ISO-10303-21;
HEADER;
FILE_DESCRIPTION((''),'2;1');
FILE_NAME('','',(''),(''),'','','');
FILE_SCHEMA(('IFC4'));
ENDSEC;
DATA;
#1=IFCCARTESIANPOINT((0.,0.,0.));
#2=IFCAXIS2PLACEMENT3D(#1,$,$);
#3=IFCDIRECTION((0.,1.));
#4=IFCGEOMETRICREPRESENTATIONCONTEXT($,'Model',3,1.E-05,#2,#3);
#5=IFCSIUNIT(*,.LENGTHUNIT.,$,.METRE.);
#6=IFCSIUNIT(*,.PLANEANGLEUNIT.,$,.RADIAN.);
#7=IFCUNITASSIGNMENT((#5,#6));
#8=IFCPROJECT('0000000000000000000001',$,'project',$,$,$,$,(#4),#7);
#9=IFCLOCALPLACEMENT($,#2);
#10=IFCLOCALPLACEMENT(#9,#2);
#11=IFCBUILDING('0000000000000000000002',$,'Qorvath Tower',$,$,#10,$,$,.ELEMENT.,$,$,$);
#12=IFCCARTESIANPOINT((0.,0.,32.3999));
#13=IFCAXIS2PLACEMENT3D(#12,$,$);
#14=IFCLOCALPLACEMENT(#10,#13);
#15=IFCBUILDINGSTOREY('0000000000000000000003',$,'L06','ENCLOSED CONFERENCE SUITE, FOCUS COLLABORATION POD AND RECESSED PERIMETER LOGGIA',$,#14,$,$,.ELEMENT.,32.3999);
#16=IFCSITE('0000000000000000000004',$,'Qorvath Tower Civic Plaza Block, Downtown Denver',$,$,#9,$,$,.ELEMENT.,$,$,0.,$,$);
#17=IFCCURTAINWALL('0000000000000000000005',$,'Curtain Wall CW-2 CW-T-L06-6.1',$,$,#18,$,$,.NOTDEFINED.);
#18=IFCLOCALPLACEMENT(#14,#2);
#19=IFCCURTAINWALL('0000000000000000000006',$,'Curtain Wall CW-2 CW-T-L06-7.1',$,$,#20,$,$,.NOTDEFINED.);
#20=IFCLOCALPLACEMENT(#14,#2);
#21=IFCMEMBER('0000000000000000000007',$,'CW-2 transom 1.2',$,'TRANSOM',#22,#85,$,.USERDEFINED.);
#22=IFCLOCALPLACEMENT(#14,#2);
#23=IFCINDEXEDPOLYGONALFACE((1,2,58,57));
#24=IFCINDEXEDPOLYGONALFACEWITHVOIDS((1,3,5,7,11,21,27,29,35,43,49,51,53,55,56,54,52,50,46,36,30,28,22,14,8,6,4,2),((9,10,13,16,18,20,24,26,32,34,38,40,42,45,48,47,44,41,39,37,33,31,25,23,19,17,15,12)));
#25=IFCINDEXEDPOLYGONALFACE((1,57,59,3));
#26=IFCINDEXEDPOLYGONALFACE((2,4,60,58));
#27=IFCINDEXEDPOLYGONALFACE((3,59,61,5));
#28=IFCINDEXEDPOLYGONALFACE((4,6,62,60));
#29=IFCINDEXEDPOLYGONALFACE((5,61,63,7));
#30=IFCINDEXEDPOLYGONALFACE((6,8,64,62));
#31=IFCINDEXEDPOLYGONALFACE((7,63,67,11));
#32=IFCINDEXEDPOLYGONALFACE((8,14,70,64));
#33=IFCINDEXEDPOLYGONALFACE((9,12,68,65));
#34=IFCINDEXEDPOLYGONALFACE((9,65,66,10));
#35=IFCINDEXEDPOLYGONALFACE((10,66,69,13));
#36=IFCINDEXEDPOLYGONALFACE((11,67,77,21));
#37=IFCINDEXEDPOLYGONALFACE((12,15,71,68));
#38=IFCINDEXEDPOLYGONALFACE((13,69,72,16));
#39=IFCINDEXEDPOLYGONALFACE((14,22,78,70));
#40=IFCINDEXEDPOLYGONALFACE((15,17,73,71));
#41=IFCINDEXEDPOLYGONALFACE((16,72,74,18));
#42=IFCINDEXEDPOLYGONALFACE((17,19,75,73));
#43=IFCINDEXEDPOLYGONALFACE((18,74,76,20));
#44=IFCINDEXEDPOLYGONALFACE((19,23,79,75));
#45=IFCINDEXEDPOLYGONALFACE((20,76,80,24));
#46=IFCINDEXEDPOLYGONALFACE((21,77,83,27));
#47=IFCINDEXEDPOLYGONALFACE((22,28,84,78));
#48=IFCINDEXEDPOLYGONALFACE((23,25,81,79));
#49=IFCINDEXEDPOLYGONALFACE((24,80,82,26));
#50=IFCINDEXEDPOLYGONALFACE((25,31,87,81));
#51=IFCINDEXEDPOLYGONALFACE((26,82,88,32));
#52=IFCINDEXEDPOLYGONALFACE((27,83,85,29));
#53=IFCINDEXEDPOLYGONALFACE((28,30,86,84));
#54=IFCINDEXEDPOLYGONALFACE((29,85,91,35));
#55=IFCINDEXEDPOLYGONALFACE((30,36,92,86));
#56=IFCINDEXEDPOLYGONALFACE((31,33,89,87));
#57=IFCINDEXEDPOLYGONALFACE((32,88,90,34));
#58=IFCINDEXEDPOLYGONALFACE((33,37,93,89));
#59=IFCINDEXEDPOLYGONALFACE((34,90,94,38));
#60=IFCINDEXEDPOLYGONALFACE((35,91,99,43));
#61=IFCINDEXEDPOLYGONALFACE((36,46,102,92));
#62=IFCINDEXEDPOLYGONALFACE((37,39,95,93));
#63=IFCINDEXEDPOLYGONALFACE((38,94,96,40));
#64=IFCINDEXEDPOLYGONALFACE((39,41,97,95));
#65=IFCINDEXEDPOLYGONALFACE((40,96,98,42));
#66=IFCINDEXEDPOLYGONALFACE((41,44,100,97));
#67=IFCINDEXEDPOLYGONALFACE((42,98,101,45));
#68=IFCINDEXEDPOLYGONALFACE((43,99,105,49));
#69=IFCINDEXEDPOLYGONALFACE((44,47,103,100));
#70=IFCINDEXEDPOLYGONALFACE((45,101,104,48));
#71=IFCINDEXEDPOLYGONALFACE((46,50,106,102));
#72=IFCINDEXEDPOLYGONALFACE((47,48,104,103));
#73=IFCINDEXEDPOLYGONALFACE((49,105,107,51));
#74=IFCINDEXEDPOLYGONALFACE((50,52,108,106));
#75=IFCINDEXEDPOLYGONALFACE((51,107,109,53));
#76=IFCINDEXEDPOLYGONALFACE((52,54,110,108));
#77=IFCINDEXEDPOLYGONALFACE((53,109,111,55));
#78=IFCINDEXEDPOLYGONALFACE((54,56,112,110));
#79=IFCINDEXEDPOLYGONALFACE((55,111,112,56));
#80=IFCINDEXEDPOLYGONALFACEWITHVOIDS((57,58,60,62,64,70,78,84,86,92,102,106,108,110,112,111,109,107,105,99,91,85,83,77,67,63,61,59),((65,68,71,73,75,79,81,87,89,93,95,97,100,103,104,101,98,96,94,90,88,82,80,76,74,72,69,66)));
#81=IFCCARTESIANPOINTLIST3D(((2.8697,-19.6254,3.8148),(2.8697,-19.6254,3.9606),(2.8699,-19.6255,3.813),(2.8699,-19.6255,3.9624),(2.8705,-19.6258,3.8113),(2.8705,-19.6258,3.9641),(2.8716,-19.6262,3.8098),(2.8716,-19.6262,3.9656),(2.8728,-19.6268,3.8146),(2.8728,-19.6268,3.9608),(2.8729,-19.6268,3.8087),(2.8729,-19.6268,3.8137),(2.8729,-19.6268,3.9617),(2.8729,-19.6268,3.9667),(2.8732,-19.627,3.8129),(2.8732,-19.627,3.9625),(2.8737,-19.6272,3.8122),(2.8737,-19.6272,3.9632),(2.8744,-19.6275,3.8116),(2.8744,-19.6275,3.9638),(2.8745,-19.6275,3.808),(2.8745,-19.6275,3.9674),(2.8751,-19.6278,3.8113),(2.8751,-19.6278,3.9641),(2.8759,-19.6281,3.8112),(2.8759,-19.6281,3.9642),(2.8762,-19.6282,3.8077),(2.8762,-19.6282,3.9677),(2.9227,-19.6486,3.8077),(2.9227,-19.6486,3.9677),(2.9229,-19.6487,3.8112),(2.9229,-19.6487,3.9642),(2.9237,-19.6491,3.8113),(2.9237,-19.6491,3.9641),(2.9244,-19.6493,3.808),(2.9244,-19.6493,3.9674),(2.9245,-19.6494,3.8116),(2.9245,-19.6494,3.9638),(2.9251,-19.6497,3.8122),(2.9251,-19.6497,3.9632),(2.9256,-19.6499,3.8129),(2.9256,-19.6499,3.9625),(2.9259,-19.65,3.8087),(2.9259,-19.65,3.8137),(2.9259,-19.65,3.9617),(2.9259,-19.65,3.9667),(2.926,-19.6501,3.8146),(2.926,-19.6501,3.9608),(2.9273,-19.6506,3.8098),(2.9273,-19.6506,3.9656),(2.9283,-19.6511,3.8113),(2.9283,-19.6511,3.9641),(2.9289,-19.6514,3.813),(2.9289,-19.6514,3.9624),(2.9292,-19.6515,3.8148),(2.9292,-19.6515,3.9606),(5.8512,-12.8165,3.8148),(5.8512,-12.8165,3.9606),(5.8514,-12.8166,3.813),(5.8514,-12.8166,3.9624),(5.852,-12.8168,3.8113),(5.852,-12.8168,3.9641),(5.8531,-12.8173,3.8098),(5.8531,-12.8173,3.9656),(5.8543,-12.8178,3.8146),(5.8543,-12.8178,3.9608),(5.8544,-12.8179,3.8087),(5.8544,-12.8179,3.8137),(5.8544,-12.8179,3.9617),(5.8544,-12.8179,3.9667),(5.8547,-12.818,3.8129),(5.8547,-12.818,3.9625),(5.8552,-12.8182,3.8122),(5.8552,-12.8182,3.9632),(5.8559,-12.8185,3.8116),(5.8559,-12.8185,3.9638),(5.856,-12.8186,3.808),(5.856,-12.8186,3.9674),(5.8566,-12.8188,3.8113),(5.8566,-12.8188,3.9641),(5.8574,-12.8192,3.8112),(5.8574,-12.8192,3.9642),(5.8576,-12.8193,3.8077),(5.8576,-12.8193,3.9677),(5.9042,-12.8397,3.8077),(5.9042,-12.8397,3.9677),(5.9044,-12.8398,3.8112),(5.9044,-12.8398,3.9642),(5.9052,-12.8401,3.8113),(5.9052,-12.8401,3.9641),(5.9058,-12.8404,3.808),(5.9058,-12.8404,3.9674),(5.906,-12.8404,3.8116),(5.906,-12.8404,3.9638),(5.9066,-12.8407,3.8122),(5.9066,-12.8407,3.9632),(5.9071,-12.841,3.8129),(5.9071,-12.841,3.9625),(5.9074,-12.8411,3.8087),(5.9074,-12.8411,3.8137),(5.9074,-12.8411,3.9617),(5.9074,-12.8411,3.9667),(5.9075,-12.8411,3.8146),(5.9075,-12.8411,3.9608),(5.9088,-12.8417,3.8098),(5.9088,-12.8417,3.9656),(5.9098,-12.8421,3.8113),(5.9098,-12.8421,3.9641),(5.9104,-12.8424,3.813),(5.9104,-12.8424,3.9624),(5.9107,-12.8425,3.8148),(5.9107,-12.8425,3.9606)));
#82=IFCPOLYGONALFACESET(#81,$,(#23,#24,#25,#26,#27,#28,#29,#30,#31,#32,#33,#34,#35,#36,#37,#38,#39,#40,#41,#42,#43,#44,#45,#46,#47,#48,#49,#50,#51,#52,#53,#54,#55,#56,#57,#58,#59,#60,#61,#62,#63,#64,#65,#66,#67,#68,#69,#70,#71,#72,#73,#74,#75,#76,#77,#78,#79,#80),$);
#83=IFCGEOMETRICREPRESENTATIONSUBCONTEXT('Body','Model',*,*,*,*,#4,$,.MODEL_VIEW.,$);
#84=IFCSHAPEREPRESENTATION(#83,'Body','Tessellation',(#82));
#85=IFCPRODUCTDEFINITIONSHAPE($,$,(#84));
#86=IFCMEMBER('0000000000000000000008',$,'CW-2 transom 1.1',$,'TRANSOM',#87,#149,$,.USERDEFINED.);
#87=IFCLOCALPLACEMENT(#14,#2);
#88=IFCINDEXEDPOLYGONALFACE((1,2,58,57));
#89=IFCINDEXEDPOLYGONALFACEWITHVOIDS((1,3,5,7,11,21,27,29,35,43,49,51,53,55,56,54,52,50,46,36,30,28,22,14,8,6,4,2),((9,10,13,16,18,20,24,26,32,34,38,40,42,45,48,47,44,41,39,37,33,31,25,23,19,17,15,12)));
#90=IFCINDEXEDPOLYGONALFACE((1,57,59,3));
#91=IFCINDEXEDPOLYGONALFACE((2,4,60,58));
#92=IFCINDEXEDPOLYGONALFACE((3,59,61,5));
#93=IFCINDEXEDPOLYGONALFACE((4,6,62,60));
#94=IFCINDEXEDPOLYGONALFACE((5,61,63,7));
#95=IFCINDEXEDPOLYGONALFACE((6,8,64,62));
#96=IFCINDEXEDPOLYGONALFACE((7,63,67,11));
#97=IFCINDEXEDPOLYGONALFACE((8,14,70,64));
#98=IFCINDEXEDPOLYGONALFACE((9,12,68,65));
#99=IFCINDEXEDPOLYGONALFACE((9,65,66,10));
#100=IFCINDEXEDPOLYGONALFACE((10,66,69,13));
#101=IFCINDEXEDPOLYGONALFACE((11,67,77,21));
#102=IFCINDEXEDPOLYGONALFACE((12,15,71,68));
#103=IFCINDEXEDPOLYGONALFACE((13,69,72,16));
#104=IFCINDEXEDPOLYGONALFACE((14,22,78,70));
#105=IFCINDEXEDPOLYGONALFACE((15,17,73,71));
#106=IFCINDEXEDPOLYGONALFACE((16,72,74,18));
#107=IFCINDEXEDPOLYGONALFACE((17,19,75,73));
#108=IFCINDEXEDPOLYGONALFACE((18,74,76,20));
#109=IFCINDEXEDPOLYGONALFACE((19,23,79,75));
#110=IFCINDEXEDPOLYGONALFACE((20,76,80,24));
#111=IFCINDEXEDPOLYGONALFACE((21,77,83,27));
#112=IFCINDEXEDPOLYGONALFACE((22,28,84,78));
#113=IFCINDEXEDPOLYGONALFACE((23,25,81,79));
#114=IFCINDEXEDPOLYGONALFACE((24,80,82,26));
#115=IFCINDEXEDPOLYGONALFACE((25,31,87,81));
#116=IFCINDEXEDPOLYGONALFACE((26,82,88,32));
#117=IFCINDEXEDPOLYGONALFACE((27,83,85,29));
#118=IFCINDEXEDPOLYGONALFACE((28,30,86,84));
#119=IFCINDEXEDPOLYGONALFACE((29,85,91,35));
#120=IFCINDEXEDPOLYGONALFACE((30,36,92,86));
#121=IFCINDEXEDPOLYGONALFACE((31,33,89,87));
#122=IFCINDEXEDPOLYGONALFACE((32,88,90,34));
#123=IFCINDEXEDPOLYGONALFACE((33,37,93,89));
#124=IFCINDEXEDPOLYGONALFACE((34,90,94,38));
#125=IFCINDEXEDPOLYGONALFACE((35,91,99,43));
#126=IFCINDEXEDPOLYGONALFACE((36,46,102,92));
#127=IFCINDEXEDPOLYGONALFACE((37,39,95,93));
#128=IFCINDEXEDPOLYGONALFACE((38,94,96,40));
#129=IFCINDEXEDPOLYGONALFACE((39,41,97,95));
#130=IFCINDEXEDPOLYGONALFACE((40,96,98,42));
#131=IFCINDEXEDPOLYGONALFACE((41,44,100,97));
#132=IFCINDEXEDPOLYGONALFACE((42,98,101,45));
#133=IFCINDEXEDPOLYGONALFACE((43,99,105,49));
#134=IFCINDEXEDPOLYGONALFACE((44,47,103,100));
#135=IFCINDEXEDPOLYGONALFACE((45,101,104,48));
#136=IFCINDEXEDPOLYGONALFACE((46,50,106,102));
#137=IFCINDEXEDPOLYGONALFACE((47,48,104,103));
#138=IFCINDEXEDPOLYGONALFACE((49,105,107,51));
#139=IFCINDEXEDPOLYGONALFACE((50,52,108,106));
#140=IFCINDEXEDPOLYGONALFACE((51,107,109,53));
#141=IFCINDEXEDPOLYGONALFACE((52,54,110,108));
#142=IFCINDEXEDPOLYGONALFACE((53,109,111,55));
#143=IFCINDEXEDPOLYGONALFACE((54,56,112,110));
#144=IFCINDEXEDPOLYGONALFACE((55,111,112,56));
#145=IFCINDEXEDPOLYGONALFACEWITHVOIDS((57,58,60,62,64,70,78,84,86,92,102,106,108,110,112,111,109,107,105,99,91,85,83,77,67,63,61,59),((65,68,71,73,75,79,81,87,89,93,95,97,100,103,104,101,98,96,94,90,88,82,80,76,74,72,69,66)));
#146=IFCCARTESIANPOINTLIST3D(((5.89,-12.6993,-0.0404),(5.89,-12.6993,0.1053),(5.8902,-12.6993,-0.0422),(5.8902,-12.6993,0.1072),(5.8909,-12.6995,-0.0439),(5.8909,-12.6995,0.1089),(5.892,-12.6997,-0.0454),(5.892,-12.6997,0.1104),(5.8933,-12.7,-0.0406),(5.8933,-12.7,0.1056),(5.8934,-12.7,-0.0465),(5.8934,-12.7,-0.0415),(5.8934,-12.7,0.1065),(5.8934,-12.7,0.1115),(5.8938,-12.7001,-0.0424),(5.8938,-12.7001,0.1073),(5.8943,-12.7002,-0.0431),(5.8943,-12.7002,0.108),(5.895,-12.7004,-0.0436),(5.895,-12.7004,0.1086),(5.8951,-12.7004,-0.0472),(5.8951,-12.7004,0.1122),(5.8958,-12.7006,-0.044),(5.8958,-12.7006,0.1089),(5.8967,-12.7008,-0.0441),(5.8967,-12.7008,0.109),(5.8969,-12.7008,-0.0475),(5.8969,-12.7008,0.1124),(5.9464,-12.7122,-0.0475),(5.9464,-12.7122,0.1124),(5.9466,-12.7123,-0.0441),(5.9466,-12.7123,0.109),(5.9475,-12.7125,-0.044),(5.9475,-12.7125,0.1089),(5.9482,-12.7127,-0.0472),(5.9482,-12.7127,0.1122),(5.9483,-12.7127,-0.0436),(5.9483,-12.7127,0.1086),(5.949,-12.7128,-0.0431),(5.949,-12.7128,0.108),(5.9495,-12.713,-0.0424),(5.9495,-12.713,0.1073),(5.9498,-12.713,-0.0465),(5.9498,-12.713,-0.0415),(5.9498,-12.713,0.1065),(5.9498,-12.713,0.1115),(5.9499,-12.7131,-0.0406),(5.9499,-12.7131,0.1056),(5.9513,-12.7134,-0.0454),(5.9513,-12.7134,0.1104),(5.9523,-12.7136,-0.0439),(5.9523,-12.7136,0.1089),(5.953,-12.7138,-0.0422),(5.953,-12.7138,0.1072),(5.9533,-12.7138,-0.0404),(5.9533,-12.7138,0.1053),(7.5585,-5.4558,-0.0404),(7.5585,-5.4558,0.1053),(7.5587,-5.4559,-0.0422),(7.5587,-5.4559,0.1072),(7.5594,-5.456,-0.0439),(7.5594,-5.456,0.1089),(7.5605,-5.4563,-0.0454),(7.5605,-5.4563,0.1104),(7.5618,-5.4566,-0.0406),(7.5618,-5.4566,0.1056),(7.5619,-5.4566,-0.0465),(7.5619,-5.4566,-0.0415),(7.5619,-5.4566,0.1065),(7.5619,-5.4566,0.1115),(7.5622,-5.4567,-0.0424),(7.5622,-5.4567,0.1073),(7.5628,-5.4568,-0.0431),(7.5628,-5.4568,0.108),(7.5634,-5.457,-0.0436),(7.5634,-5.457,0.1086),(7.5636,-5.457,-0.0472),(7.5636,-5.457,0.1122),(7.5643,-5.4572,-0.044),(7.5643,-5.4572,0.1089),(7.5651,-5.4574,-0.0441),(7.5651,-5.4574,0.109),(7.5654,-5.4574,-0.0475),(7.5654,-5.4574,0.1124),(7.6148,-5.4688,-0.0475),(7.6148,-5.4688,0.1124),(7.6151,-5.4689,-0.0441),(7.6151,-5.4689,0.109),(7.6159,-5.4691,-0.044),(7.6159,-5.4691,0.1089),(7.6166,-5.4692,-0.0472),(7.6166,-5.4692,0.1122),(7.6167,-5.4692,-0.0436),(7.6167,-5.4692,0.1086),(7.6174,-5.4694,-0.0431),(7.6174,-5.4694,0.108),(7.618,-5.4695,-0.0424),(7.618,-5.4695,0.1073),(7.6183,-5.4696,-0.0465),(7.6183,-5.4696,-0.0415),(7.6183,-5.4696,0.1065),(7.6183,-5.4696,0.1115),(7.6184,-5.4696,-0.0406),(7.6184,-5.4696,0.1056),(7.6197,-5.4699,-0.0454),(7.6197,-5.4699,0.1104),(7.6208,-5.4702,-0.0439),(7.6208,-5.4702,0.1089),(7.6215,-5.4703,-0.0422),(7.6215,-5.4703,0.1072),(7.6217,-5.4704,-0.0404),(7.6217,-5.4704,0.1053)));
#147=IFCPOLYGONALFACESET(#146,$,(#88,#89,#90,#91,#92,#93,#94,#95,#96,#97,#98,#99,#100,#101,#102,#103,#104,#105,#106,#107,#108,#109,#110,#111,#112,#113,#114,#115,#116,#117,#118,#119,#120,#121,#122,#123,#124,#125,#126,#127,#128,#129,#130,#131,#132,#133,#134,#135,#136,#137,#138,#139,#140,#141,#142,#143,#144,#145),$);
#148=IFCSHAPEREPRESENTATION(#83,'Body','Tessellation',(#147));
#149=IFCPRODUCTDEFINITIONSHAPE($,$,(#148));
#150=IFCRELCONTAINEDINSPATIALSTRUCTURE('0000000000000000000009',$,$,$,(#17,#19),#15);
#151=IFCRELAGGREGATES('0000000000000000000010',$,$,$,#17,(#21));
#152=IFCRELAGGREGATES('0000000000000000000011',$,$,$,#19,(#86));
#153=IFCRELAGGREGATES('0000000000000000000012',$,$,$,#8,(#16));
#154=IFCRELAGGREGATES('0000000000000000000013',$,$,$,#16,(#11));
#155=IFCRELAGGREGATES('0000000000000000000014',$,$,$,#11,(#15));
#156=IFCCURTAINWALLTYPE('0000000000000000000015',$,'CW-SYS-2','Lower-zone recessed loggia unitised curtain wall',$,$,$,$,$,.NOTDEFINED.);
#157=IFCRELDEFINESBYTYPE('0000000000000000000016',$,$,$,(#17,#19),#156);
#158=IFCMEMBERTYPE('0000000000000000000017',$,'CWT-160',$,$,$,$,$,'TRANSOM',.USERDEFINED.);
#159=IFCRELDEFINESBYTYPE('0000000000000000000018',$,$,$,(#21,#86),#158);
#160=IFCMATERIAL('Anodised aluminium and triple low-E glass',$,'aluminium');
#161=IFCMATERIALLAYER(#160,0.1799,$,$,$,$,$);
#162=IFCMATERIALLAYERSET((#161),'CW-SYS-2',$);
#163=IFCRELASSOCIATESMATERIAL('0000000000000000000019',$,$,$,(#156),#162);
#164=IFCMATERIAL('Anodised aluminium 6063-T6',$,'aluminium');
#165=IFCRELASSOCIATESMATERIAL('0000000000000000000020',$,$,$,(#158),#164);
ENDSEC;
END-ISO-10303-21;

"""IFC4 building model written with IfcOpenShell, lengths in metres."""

from ifc_helpers import new_model, si_unit, direction, frame, origin, origin_2d, place, context, subcontext, project, spatial, hollow_rectangle, extrude, material, layer, layer_set, material_profile, profile_set, type_object, element, aggregate, save


model = new_model("IFC4")

# Units and contexts
model_context = context("Model", 3, precision=1e-05, world=origin(), true_north=direction((0.0, 1.0)))
body_context = subcontext(model_context, "Body", "Model", "MODEL_VIEW")
ifc_project = project(units=[si_unit("LENGTHUNIT", "METRE"), si_unit("PLANEANGLEUNIT", "RADIAN")], contexts=[model_context])

# Site, building, storey
site_placement = place(None, origin())
site = spatial("IfcSite", under=ifc_project, at=site_placement, Name="Qorvath Tower Civic Plaza Block, Downtown Denver", CompositionType="ELEMENT", RefElevation=0.0)
building_placement = place(site_placement, origin())
building = spatial("IfcBuilding", under=site, at=building_placement, Name="Qorvath Tower", CompositionType="ELEMENT")
storey_placement = place(building_placement, frame((0.0, 0.0, 32.3999)))
storey = spatial("IfcBuildingStorey", under=building, at=storey_placement, Name="L06", Description="ENCLOSED CONFERENCE SUITE, FOCUS COLLABORATION POD AND RECESSED PERIMETER LOGGIA", CompositionType="ELEMENT", Elevation=32.3999)

# Curtain wall
ifc_material_1 = material(Name="Anodised aluminium and triple low-E glass", Category="aluminium")
ifc_layer_1 = layer(ifc_material_1, 0.1799)
ifc_layer_set_1 = layer_set([ifc_layer_1], Name="CW-SYS-2")
curtain_wall_type = type_object("IfcCurtainWallType", Name="CW-SYS-2", Description="Lower-zone recessed loggia unitised curtain wall", PredefinedType="NOTDEFINED", material=ifc_layer_set_1)
curtain_wall_1_placement = place(storey_placement, origin())
curtain_wall_1 = element("IfcCurtainWall", 1, at=curtain_wall_1_placement, inside=storey, type_object=curtain_wall_type, Name="Curtain Wall CW-2 CW-T-L06-6.1", PredefinedType="NOTDEFINED")

# Curtain wall
curtain_wall_2_placement = place(storey_placement, origin())
curtain_wall_2 = element("IfcCurtainWall", 2, at=curtain_wall_2_placement, inside=storey, type_object=curtain_wall_type, Name="Curtain Wall CW-2 CW-T-L06-7.1", PredefinedType="NOTDEFINED")

# Members
ifc_material_2 = material(Name="Anodised aluminium 6063-T6", Category="aluminium")
ifc_material_profile_1 = material_profile(ifc_material_2, hollow_rectangle(XDim=0.0649, YDim=0.1599, WallThickness=0.0034, InnerFilletRadius=0.0034, OuterFilletRadius=0.0071, at=origin_2d()), Name="CWT 160x65")
ifc_profile_set_1 = profile_set([ifc_material_profile_1], Name="Anodised aluminium 6063-T6")
member_type_1 = type_object("IfcMemberType", Name="CWT-160", ElementType="TRANSOM", PredefinedType="USERDEFINED", material=ifc_profile_set_1)
member_1_placement = place(storey_placement, frame((2.8994, -19.6384, 3.8877), z_axis=(0.40111, 0.91603, 0.0), x_axis=(-0.91603, 0.40111, 0.0)))
member_1 = element("IfcMember", 3, at=member_1_placement, type_object=member_type_1, Name="CW-2 transom 1.2", ObjectType="TRANSOM", PredefinedType="USERDEFINED", context=body_context, shape_type="SweptSolid", body=[
    extrude(hollow_rectangle(XDim=0.0649, YDim=0.1599, WallThickness=0.0034, InnerFilletRadius=0.0034, OuterFilletRadius=0.0071, at=origin_2d()), origin(), (0.0, 0.0, 1.0), 7.4331),
])
member_2_placement = place(storey_placement, frame((5.9216, -12.7065, 0.0325), z_axis=(0.224464, 0.974482, 0.0), x_axis=(-0.974482, 0.224464, 0.0)))
member_2 = element("IfcMember", 4, at=member_2_placement, type_object=member_type_1, Name="CW-2 transom 1.1", ObjectType="TRANSOM", PredefinedType="USERDEFINED", context=body_context, shape_type="SweptSolid", body=[
    extrude(hollow_rectangle(XDim=0.0649, YDim=0.1599, WallThickness=0.0034, InnerFilletRadius=0.0034, OuterFilletRadius=0.0071, at=origin_2d()), origin(), (0.0, 0.0, 1.0), 7.4331),
])

aggregate(curtain_wall_1, [member_1])
aggregate(curtain_wall_2, [member_2])

save(model, "model.ifc")
